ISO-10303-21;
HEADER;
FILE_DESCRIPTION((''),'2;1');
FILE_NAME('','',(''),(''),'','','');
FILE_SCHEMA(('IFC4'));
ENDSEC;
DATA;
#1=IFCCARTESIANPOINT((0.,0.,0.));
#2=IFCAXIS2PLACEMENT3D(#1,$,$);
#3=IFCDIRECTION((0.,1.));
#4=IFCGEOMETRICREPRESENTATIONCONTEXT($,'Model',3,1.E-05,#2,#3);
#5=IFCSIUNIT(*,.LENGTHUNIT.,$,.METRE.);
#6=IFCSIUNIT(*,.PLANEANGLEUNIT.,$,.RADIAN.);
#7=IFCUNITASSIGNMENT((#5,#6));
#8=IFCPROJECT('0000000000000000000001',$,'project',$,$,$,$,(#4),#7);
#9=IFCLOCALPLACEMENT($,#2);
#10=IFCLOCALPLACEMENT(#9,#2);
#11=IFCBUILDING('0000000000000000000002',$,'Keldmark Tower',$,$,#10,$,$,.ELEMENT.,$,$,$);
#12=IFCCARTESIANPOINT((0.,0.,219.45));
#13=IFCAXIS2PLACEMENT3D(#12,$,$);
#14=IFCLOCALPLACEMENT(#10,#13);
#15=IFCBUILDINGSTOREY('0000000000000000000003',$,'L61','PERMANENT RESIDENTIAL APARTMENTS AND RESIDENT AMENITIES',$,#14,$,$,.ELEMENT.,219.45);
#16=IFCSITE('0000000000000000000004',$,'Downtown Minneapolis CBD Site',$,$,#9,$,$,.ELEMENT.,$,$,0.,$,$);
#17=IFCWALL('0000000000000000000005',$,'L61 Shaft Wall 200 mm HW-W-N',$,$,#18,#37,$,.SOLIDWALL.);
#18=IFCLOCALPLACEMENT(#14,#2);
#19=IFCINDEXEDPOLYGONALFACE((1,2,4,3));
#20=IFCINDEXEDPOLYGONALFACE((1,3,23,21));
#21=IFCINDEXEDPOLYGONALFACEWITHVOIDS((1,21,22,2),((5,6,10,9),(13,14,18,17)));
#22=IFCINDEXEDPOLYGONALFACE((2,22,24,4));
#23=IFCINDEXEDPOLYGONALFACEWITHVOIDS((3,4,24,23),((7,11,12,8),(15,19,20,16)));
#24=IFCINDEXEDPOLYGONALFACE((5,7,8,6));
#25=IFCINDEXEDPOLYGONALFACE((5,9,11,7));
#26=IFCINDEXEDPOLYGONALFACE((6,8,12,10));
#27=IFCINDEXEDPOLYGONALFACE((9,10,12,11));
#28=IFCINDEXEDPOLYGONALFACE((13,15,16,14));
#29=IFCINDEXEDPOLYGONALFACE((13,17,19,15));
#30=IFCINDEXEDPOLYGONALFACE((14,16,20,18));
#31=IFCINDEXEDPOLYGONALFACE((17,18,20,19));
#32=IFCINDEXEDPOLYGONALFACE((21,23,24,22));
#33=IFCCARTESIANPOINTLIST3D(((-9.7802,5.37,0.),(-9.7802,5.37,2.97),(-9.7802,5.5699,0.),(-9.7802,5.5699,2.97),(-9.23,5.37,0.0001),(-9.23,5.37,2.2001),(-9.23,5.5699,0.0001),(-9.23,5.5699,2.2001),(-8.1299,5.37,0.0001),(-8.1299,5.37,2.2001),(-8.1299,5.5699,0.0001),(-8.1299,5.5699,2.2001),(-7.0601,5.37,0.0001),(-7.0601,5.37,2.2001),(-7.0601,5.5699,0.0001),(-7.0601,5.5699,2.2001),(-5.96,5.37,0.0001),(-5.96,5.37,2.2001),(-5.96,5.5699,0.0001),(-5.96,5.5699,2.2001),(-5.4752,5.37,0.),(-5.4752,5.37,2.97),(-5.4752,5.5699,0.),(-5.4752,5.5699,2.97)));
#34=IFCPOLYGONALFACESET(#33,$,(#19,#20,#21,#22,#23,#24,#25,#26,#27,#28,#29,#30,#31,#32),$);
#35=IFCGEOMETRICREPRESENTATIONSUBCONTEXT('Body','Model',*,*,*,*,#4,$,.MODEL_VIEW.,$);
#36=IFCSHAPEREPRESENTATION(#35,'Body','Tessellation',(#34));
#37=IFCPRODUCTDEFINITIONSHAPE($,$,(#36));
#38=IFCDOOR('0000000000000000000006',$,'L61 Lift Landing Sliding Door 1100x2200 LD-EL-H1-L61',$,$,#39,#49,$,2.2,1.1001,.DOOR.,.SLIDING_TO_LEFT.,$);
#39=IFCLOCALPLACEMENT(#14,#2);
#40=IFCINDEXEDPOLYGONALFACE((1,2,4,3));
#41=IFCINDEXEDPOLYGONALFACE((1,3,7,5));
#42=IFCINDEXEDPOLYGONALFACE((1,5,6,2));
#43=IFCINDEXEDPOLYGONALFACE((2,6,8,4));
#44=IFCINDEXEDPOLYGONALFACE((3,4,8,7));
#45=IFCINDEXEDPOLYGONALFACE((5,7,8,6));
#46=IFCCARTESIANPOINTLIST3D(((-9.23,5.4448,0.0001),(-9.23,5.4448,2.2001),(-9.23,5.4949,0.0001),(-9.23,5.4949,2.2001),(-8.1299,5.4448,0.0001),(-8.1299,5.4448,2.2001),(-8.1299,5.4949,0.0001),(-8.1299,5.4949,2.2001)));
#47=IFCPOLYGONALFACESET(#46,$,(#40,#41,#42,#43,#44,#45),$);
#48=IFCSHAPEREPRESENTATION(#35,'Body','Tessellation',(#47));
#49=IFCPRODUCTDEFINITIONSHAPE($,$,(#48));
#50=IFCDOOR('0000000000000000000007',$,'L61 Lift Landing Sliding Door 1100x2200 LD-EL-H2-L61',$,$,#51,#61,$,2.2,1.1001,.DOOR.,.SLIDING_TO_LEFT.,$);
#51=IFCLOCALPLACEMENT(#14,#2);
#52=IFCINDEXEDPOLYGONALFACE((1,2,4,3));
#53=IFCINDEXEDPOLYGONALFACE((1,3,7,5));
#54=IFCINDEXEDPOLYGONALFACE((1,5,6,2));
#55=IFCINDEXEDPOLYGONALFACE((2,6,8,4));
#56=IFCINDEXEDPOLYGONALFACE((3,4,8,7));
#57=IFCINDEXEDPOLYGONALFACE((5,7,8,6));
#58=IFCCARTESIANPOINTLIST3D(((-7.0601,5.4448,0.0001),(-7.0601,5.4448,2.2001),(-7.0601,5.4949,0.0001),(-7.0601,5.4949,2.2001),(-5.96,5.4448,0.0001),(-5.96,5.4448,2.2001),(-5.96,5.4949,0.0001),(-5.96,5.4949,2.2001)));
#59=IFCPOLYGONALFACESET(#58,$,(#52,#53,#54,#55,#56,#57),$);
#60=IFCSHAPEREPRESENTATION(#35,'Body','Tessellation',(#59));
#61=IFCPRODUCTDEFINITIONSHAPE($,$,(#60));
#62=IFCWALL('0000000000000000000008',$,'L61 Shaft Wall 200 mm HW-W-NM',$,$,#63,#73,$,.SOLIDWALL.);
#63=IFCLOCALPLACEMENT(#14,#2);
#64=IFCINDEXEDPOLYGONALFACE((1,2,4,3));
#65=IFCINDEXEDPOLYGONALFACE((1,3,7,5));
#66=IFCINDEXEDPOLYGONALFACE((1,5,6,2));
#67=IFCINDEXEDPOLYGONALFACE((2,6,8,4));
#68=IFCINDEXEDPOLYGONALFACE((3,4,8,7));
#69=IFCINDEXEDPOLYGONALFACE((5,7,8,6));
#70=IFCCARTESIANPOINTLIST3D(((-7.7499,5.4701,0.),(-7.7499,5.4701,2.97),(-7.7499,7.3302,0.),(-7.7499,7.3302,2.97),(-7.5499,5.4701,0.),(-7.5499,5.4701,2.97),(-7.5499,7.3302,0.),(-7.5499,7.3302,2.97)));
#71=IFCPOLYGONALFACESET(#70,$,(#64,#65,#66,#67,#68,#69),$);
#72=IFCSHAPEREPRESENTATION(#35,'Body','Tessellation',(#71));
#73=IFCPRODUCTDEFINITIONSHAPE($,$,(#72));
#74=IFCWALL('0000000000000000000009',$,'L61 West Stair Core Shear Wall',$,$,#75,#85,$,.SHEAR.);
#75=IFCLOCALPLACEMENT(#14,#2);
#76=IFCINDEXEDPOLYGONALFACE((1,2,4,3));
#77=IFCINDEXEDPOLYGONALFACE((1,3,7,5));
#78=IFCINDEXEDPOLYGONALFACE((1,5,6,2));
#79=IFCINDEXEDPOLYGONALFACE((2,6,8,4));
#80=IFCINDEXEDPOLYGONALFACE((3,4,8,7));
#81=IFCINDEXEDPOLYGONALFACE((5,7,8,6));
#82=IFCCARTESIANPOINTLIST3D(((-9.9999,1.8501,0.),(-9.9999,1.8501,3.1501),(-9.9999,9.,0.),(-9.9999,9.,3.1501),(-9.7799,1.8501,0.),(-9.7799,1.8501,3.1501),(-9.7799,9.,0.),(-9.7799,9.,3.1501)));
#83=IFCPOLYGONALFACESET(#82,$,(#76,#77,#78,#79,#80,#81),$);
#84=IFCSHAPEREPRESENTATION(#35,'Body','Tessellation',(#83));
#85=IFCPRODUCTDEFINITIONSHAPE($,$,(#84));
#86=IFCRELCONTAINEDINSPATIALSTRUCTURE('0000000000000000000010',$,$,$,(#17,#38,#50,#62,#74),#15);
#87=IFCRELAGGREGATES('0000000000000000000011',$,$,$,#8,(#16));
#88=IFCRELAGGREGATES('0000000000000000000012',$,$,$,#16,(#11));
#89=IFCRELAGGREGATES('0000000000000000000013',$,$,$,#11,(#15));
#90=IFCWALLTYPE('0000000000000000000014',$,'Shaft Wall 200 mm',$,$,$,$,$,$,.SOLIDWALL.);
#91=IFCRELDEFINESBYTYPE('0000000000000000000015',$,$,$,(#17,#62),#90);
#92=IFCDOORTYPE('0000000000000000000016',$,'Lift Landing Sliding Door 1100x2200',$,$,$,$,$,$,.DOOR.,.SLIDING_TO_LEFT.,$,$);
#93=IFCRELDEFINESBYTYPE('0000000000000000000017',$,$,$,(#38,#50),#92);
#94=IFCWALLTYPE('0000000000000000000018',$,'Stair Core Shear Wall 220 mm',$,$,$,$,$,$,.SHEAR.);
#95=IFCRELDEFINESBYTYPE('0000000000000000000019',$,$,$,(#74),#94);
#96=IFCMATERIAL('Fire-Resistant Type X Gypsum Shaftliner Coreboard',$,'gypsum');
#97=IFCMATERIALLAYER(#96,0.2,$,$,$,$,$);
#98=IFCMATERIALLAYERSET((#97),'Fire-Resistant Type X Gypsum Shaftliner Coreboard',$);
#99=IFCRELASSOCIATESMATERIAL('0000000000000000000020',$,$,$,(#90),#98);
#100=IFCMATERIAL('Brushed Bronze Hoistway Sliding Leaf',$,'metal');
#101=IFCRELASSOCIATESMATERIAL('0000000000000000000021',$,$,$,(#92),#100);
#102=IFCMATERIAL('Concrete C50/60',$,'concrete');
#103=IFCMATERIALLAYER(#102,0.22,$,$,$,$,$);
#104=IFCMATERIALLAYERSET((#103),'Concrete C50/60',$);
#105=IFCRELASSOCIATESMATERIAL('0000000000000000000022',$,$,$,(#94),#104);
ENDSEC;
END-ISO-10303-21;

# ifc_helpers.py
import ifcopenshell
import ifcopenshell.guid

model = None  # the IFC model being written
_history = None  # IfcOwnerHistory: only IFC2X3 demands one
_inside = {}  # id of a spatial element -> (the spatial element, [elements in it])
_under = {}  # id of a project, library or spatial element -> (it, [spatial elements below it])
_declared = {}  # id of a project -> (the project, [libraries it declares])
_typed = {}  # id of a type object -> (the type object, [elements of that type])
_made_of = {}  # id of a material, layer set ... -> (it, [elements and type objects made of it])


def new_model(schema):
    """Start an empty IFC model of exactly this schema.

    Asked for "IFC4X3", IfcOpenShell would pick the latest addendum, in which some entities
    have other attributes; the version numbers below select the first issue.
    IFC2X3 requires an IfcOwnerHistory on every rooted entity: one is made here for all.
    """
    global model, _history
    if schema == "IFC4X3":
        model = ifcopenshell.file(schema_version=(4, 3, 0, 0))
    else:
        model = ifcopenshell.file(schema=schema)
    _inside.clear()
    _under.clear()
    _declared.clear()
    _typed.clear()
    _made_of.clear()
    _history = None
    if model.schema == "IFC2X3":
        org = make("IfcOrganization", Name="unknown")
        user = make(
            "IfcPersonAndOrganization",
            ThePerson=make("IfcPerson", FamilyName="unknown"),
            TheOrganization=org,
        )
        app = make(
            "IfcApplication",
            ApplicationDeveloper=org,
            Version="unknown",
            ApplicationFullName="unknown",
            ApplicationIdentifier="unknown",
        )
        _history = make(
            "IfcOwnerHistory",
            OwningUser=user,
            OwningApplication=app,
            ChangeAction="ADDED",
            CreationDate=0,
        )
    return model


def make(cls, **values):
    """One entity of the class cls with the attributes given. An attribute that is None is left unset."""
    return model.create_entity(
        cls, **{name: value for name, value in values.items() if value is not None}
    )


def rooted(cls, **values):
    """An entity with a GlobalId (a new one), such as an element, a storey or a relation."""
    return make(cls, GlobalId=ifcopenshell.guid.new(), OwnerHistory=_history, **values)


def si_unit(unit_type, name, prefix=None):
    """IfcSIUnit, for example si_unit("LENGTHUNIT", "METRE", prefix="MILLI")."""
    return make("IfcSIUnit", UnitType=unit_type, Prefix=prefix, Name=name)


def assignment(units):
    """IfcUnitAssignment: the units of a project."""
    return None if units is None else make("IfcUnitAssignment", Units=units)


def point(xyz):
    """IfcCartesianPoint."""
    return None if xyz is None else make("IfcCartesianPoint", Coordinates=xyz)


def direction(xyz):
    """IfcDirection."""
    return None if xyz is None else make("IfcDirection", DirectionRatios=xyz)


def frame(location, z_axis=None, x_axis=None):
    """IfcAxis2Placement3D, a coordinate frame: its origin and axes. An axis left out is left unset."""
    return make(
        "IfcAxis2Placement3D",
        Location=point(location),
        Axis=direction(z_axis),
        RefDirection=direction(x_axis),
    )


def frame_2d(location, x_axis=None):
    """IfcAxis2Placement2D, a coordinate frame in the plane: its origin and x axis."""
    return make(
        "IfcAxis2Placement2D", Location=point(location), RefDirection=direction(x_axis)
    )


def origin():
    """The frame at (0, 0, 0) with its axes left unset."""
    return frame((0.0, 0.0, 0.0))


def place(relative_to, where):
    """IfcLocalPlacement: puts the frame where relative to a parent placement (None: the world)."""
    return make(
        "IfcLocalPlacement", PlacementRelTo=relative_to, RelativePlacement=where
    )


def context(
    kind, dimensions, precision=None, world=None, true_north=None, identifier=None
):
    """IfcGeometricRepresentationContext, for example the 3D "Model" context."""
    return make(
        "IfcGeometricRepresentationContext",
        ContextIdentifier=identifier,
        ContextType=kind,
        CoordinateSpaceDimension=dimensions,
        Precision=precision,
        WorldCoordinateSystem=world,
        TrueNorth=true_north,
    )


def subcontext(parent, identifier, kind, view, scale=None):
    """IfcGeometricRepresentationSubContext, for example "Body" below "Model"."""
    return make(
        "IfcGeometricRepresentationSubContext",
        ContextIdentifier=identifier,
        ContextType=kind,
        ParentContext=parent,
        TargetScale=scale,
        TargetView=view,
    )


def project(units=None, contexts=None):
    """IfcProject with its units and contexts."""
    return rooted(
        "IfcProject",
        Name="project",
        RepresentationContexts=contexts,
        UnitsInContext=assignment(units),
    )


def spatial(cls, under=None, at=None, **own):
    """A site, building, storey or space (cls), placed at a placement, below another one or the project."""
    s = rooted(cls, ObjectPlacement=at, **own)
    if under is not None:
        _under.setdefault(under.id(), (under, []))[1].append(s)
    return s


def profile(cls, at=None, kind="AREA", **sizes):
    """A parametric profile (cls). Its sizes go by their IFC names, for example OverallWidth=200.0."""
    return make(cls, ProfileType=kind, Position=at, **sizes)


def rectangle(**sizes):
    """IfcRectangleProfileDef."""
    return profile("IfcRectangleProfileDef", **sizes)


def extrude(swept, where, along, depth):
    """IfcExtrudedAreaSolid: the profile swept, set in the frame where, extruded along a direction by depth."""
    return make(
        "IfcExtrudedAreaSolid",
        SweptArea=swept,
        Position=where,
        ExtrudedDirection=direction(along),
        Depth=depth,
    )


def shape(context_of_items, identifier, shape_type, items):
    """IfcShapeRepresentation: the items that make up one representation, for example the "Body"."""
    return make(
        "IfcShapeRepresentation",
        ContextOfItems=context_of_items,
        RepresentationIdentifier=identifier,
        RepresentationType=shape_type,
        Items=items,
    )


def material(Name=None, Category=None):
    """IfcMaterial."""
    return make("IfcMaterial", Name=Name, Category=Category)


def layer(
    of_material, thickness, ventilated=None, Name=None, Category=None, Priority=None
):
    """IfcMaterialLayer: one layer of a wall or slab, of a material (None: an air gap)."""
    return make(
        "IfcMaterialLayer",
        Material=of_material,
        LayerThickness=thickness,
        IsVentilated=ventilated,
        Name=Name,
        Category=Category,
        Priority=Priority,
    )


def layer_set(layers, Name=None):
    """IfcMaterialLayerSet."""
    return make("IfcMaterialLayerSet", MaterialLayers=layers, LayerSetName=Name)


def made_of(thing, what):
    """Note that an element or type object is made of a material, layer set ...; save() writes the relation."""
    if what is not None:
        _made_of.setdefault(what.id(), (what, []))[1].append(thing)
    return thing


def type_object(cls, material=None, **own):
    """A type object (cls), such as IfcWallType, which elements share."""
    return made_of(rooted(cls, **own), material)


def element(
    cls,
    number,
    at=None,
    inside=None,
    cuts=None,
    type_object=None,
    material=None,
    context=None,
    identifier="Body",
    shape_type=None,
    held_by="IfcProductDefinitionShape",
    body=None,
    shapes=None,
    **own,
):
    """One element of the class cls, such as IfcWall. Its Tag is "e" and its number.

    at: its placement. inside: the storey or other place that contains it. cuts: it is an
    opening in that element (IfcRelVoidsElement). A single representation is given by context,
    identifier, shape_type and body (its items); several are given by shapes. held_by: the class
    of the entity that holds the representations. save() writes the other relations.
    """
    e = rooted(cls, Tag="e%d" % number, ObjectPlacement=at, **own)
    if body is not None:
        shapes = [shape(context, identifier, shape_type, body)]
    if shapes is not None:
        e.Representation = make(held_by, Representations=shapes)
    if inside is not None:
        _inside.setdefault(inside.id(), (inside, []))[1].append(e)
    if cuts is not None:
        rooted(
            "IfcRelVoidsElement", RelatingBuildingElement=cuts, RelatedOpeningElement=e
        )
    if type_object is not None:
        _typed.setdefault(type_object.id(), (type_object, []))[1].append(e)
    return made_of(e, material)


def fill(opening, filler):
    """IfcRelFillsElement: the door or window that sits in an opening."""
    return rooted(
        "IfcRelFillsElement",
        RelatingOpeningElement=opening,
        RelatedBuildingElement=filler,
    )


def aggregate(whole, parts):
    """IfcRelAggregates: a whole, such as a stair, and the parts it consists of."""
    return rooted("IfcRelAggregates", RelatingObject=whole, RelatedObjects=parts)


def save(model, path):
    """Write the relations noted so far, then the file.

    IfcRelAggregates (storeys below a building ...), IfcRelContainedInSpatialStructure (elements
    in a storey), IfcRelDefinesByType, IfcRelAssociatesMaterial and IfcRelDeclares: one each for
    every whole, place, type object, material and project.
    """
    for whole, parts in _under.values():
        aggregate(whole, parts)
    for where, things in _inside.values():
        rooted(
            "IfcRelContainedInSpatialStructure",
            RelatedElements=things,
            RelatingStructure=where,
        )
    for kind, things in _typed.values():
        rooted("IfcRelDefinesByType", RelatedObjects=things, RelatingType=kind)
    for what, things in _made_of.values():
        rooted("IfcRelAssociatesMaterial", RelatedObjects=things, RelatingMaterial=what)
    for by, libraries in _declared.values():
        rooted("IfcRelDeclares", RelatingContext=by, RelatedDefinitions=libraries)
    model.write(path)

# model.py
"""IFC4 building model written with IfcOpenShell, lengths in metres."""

from ifc_helpers import new_model, si_unit, direction, frame, frame_2d, origin, place, context, subcontext, project, spatial, rectangle, extrude, material, layer, layer_set, type_object, element, fill, save


model = new_model("IFC4")

# Units and contexts
model_context = context("Model", 3, precision=1e-05, world=origin(), true_north=direction((0.0, 1.0)))
body_context = subcontext(model_context, "Body", "Model", "MODEL_VIEW")
ifc_project = project(units=[si_unit("LENGTHUNIT", "METRE"), si_unit("PLANEANGLEUNIT", "RADIAN")], contexts=[model_context])

# Site, building, storey
site_placement = place(None, origin())
site = spatial("IfcSite", under=ifc_project, at=site_placement, Name="Downtown Minneapolis CBD Site", CompositionType="ELEMENT", RefElevation=0.0)
building_placement = place(site_placement, origin())
building = spatial("IfcBuilding", under=site, at=building_placement, Name="Keldmark Tower", CompositionType="ELEMENT")
storey_placement = place(building_placement, frame((0.0, 0.0, 219.45)))
storey = spatial("IfcBuildingStorey", under=building, at=storey_placement, Name="L61", Description="PERMANENT RESIDENTIAL APARTMENTS AND RESIDENT AMENITIES", CompositionType="ELEMENT", Elevation=219.45)

# Shared definitions
ifc_material_1 = material(Name="Fire-Resistant Type X Gypsum Shaftliner Coreboard", Category="gypsum")
ifc_layer_1 = layer(ifc_material_1, 0.2)
ifc_layer_set_1 = layer_set([ifc_layer_1], Name="Fire-Resistant Type X Gypsum Shaftliner Coreboard")
wall_type_1 = type_object("IfcWallType", Name="Shaft Wall 200 mm", PredefinedType="SOLIDWALL", material=ifc_layer_set_1)
ifc_material_2 = material(Name="Brushed Bronze Hoistway Sliding Leaf", Category="metal")
door_type_1 = type_object("IfcDoorType", Name="Lift Landing Sliding Door 1100x2200", OperationType="SLIDING_TO_LEFT", PredefinedType="DOOR", material=ifc_material_2)

# Wall, openings, doors
wall_1_placement = place(storey_placement, frame((-9.78, 5.47, 0.0), z_axis=(0.0, 0.0, 1.0), x_axis=(1.0, 0.0, 0.0)))
wall_1 = element("IfcWall", 1, at=wall_1_placement, inside=storey, type_object=wall_type_1, Name="L61 Shaft Wall 200 mm HW-W-N", PredefinedType="SOLIDWALL", context=body_context, shape_type="SweptSolid", body=[
    extrude(rectangle(XDim=4.3049, YDim=0.2, at=frame_2d((2.1523, 0.0))), origin(), (0.0, 0.0, 1.0), 2.97),
])
opening_1_placement = place(wall_1_placement, frame((0.55, 0.0, 0.0)))
opening_1 = element("IfcOpeningElement", 2, at=opening_1_placement, cuts=wall_1, PredefinedType="OPENING", context=body_context, shape_type="SweptSolid", body=[
    extrude(rectangle(XDim=1.1001, YDim=2.2, at=frame_2d((0.55, 1.1001))), frame((0.0, 0.1099, 0.0), z_axis=(0.0, -1.0, 0.0), x_axis=(1.0, 0.0, 0.0)), (0.0, 0.0, 1.0), 0.22),
])
opening_2_placement = place(wall_1_placement, frame((2.72, 0.0, 0.0)))
opening_2 = element("IfcOpeningElement", 3, at=opening_2_placement, cuts=wall_1, PredefinedType="OPENING", context=body_context, shape_type="SweptSolid", body=[
    extrude(rectangle(XDim=1.1001, YDim=2.2, at=frame_2d((0.55, 1.1001))), frame((0.0, 0.1099, 0.0), z_axis=(0.0, -1.0, 0.0), x_axis=(1.0, 0.0, 0.0)), (0.0, 0.0, 1.0), 0.22),
])
door_1_placement = place(opening_1_placement, origin())
door_1 = element("IfcDoor", 4, at=door_1_placement, inside=storey, type_object=door_type_1, Name="L61 Lift Landing Sliding Door 1100x2200 LD-EL-H1-L61", OperationType="SLIDING_TO_LEFT", OverallHeight=2.2, OverallWidth=1.1001, PredefinedType="DOOR", context=body_context, shape_type="SweptSolid", body=[
    extrude(rectangle(XDim=1.1001, YDim=2.2, at=frame_2d((0.55, 1.1001))), frame((0.0, 0.0249, 0.0), z_axis=(0.0, -1.0, 0.0), x_axis=(1.0, 0.0, 0.0)), (0.0, 0.0, 1.0), 0.05),
])
fill(opening_1, door_1)
door_2_placement = place(opening_2_placement, origin())
door_2 = element("IfcDoor", 5, at=door_2_placement, inside=storey, type_object=door_type_1, Name="L61 Lift Landing Sliding Door 1100x2200 LD-EL-H2-L61", OperationType="SLIDING_TO_LEFT", OverallHeight=2.2, OverallWidth=1.1001, PredefinedType="DOOR", context=body_context, shape_type="SweptSolid", body=[
    extrude(rectangle(XDim=1.1001, YDim=2.2, at=frame_2d((0.55, 1.1001))), frame((0.0, 0.0249, 0.0), z_axis=(0.0, -1.0, 0.0), x_axis=(1.0, 0.0, 0.0)), (0.0, 0.0, 1.0), 0.05),
])
fill(opening_2, door_2)

# Walls
wall_2_placement = place(storey_placement, frame((-7.6499, 5.47, 0.0), z_axis=(0.0, 0.0, 1.0), x_axis=(0.0, 1.0, 0.0)))
element("IfcWall", 6, at=wall_2_placement, inside=storey, type_object=wall_type_1, Name="L61 Shaft Wall 200 mm HW-W-NM", PredefinedType="SOLIDWALL", context=body_context, shape_type="SweptSolid", body=[
    extrude(rectangle(XDim=1.8601, YDim=0.2, at=frame_2d((0.9302, 0.0))), origin(), (0.0, 0.0, 1.0), 2.97),
])
ifc_material_3 = material(Name="Concrete C50/60", Category="concrete")
ifc_layer_2 = layer(ifc_material_3, 0.22)
ifc_layer_set_2 = layer_set([ifc_layer_2], Name="Concrete C50/60")
wall_type_2 = type_object("IfcWallType", Name="Stair Core Shear Wall 220 mm", PredefinedType="SHEAR", material=ifc_layer_set_2)
wall_3_placement = place(storey_placement, frame((-9.8899, 1.8501, 0.0), z_axis=(0.0, 0.0, 1.0), x_axis=(0.0, 1.0, 0.0)))
element("IfcWall", 7, at=wall_3_placement, inside=storey, type_object=wall_type_2, Name="L61 West Stair Core Shear Wall", PredefinedType="SHEAR", context=body_context, shape_type="SweptSolid", body=[
    extrude(rectangle(XDim=7.1499, YDim=0.22, at=frame_2d((3.575, 0.0))), origin(), (0.0, 0.0, 1.0), 3.1501),
])

save(model, "model.ifc")
